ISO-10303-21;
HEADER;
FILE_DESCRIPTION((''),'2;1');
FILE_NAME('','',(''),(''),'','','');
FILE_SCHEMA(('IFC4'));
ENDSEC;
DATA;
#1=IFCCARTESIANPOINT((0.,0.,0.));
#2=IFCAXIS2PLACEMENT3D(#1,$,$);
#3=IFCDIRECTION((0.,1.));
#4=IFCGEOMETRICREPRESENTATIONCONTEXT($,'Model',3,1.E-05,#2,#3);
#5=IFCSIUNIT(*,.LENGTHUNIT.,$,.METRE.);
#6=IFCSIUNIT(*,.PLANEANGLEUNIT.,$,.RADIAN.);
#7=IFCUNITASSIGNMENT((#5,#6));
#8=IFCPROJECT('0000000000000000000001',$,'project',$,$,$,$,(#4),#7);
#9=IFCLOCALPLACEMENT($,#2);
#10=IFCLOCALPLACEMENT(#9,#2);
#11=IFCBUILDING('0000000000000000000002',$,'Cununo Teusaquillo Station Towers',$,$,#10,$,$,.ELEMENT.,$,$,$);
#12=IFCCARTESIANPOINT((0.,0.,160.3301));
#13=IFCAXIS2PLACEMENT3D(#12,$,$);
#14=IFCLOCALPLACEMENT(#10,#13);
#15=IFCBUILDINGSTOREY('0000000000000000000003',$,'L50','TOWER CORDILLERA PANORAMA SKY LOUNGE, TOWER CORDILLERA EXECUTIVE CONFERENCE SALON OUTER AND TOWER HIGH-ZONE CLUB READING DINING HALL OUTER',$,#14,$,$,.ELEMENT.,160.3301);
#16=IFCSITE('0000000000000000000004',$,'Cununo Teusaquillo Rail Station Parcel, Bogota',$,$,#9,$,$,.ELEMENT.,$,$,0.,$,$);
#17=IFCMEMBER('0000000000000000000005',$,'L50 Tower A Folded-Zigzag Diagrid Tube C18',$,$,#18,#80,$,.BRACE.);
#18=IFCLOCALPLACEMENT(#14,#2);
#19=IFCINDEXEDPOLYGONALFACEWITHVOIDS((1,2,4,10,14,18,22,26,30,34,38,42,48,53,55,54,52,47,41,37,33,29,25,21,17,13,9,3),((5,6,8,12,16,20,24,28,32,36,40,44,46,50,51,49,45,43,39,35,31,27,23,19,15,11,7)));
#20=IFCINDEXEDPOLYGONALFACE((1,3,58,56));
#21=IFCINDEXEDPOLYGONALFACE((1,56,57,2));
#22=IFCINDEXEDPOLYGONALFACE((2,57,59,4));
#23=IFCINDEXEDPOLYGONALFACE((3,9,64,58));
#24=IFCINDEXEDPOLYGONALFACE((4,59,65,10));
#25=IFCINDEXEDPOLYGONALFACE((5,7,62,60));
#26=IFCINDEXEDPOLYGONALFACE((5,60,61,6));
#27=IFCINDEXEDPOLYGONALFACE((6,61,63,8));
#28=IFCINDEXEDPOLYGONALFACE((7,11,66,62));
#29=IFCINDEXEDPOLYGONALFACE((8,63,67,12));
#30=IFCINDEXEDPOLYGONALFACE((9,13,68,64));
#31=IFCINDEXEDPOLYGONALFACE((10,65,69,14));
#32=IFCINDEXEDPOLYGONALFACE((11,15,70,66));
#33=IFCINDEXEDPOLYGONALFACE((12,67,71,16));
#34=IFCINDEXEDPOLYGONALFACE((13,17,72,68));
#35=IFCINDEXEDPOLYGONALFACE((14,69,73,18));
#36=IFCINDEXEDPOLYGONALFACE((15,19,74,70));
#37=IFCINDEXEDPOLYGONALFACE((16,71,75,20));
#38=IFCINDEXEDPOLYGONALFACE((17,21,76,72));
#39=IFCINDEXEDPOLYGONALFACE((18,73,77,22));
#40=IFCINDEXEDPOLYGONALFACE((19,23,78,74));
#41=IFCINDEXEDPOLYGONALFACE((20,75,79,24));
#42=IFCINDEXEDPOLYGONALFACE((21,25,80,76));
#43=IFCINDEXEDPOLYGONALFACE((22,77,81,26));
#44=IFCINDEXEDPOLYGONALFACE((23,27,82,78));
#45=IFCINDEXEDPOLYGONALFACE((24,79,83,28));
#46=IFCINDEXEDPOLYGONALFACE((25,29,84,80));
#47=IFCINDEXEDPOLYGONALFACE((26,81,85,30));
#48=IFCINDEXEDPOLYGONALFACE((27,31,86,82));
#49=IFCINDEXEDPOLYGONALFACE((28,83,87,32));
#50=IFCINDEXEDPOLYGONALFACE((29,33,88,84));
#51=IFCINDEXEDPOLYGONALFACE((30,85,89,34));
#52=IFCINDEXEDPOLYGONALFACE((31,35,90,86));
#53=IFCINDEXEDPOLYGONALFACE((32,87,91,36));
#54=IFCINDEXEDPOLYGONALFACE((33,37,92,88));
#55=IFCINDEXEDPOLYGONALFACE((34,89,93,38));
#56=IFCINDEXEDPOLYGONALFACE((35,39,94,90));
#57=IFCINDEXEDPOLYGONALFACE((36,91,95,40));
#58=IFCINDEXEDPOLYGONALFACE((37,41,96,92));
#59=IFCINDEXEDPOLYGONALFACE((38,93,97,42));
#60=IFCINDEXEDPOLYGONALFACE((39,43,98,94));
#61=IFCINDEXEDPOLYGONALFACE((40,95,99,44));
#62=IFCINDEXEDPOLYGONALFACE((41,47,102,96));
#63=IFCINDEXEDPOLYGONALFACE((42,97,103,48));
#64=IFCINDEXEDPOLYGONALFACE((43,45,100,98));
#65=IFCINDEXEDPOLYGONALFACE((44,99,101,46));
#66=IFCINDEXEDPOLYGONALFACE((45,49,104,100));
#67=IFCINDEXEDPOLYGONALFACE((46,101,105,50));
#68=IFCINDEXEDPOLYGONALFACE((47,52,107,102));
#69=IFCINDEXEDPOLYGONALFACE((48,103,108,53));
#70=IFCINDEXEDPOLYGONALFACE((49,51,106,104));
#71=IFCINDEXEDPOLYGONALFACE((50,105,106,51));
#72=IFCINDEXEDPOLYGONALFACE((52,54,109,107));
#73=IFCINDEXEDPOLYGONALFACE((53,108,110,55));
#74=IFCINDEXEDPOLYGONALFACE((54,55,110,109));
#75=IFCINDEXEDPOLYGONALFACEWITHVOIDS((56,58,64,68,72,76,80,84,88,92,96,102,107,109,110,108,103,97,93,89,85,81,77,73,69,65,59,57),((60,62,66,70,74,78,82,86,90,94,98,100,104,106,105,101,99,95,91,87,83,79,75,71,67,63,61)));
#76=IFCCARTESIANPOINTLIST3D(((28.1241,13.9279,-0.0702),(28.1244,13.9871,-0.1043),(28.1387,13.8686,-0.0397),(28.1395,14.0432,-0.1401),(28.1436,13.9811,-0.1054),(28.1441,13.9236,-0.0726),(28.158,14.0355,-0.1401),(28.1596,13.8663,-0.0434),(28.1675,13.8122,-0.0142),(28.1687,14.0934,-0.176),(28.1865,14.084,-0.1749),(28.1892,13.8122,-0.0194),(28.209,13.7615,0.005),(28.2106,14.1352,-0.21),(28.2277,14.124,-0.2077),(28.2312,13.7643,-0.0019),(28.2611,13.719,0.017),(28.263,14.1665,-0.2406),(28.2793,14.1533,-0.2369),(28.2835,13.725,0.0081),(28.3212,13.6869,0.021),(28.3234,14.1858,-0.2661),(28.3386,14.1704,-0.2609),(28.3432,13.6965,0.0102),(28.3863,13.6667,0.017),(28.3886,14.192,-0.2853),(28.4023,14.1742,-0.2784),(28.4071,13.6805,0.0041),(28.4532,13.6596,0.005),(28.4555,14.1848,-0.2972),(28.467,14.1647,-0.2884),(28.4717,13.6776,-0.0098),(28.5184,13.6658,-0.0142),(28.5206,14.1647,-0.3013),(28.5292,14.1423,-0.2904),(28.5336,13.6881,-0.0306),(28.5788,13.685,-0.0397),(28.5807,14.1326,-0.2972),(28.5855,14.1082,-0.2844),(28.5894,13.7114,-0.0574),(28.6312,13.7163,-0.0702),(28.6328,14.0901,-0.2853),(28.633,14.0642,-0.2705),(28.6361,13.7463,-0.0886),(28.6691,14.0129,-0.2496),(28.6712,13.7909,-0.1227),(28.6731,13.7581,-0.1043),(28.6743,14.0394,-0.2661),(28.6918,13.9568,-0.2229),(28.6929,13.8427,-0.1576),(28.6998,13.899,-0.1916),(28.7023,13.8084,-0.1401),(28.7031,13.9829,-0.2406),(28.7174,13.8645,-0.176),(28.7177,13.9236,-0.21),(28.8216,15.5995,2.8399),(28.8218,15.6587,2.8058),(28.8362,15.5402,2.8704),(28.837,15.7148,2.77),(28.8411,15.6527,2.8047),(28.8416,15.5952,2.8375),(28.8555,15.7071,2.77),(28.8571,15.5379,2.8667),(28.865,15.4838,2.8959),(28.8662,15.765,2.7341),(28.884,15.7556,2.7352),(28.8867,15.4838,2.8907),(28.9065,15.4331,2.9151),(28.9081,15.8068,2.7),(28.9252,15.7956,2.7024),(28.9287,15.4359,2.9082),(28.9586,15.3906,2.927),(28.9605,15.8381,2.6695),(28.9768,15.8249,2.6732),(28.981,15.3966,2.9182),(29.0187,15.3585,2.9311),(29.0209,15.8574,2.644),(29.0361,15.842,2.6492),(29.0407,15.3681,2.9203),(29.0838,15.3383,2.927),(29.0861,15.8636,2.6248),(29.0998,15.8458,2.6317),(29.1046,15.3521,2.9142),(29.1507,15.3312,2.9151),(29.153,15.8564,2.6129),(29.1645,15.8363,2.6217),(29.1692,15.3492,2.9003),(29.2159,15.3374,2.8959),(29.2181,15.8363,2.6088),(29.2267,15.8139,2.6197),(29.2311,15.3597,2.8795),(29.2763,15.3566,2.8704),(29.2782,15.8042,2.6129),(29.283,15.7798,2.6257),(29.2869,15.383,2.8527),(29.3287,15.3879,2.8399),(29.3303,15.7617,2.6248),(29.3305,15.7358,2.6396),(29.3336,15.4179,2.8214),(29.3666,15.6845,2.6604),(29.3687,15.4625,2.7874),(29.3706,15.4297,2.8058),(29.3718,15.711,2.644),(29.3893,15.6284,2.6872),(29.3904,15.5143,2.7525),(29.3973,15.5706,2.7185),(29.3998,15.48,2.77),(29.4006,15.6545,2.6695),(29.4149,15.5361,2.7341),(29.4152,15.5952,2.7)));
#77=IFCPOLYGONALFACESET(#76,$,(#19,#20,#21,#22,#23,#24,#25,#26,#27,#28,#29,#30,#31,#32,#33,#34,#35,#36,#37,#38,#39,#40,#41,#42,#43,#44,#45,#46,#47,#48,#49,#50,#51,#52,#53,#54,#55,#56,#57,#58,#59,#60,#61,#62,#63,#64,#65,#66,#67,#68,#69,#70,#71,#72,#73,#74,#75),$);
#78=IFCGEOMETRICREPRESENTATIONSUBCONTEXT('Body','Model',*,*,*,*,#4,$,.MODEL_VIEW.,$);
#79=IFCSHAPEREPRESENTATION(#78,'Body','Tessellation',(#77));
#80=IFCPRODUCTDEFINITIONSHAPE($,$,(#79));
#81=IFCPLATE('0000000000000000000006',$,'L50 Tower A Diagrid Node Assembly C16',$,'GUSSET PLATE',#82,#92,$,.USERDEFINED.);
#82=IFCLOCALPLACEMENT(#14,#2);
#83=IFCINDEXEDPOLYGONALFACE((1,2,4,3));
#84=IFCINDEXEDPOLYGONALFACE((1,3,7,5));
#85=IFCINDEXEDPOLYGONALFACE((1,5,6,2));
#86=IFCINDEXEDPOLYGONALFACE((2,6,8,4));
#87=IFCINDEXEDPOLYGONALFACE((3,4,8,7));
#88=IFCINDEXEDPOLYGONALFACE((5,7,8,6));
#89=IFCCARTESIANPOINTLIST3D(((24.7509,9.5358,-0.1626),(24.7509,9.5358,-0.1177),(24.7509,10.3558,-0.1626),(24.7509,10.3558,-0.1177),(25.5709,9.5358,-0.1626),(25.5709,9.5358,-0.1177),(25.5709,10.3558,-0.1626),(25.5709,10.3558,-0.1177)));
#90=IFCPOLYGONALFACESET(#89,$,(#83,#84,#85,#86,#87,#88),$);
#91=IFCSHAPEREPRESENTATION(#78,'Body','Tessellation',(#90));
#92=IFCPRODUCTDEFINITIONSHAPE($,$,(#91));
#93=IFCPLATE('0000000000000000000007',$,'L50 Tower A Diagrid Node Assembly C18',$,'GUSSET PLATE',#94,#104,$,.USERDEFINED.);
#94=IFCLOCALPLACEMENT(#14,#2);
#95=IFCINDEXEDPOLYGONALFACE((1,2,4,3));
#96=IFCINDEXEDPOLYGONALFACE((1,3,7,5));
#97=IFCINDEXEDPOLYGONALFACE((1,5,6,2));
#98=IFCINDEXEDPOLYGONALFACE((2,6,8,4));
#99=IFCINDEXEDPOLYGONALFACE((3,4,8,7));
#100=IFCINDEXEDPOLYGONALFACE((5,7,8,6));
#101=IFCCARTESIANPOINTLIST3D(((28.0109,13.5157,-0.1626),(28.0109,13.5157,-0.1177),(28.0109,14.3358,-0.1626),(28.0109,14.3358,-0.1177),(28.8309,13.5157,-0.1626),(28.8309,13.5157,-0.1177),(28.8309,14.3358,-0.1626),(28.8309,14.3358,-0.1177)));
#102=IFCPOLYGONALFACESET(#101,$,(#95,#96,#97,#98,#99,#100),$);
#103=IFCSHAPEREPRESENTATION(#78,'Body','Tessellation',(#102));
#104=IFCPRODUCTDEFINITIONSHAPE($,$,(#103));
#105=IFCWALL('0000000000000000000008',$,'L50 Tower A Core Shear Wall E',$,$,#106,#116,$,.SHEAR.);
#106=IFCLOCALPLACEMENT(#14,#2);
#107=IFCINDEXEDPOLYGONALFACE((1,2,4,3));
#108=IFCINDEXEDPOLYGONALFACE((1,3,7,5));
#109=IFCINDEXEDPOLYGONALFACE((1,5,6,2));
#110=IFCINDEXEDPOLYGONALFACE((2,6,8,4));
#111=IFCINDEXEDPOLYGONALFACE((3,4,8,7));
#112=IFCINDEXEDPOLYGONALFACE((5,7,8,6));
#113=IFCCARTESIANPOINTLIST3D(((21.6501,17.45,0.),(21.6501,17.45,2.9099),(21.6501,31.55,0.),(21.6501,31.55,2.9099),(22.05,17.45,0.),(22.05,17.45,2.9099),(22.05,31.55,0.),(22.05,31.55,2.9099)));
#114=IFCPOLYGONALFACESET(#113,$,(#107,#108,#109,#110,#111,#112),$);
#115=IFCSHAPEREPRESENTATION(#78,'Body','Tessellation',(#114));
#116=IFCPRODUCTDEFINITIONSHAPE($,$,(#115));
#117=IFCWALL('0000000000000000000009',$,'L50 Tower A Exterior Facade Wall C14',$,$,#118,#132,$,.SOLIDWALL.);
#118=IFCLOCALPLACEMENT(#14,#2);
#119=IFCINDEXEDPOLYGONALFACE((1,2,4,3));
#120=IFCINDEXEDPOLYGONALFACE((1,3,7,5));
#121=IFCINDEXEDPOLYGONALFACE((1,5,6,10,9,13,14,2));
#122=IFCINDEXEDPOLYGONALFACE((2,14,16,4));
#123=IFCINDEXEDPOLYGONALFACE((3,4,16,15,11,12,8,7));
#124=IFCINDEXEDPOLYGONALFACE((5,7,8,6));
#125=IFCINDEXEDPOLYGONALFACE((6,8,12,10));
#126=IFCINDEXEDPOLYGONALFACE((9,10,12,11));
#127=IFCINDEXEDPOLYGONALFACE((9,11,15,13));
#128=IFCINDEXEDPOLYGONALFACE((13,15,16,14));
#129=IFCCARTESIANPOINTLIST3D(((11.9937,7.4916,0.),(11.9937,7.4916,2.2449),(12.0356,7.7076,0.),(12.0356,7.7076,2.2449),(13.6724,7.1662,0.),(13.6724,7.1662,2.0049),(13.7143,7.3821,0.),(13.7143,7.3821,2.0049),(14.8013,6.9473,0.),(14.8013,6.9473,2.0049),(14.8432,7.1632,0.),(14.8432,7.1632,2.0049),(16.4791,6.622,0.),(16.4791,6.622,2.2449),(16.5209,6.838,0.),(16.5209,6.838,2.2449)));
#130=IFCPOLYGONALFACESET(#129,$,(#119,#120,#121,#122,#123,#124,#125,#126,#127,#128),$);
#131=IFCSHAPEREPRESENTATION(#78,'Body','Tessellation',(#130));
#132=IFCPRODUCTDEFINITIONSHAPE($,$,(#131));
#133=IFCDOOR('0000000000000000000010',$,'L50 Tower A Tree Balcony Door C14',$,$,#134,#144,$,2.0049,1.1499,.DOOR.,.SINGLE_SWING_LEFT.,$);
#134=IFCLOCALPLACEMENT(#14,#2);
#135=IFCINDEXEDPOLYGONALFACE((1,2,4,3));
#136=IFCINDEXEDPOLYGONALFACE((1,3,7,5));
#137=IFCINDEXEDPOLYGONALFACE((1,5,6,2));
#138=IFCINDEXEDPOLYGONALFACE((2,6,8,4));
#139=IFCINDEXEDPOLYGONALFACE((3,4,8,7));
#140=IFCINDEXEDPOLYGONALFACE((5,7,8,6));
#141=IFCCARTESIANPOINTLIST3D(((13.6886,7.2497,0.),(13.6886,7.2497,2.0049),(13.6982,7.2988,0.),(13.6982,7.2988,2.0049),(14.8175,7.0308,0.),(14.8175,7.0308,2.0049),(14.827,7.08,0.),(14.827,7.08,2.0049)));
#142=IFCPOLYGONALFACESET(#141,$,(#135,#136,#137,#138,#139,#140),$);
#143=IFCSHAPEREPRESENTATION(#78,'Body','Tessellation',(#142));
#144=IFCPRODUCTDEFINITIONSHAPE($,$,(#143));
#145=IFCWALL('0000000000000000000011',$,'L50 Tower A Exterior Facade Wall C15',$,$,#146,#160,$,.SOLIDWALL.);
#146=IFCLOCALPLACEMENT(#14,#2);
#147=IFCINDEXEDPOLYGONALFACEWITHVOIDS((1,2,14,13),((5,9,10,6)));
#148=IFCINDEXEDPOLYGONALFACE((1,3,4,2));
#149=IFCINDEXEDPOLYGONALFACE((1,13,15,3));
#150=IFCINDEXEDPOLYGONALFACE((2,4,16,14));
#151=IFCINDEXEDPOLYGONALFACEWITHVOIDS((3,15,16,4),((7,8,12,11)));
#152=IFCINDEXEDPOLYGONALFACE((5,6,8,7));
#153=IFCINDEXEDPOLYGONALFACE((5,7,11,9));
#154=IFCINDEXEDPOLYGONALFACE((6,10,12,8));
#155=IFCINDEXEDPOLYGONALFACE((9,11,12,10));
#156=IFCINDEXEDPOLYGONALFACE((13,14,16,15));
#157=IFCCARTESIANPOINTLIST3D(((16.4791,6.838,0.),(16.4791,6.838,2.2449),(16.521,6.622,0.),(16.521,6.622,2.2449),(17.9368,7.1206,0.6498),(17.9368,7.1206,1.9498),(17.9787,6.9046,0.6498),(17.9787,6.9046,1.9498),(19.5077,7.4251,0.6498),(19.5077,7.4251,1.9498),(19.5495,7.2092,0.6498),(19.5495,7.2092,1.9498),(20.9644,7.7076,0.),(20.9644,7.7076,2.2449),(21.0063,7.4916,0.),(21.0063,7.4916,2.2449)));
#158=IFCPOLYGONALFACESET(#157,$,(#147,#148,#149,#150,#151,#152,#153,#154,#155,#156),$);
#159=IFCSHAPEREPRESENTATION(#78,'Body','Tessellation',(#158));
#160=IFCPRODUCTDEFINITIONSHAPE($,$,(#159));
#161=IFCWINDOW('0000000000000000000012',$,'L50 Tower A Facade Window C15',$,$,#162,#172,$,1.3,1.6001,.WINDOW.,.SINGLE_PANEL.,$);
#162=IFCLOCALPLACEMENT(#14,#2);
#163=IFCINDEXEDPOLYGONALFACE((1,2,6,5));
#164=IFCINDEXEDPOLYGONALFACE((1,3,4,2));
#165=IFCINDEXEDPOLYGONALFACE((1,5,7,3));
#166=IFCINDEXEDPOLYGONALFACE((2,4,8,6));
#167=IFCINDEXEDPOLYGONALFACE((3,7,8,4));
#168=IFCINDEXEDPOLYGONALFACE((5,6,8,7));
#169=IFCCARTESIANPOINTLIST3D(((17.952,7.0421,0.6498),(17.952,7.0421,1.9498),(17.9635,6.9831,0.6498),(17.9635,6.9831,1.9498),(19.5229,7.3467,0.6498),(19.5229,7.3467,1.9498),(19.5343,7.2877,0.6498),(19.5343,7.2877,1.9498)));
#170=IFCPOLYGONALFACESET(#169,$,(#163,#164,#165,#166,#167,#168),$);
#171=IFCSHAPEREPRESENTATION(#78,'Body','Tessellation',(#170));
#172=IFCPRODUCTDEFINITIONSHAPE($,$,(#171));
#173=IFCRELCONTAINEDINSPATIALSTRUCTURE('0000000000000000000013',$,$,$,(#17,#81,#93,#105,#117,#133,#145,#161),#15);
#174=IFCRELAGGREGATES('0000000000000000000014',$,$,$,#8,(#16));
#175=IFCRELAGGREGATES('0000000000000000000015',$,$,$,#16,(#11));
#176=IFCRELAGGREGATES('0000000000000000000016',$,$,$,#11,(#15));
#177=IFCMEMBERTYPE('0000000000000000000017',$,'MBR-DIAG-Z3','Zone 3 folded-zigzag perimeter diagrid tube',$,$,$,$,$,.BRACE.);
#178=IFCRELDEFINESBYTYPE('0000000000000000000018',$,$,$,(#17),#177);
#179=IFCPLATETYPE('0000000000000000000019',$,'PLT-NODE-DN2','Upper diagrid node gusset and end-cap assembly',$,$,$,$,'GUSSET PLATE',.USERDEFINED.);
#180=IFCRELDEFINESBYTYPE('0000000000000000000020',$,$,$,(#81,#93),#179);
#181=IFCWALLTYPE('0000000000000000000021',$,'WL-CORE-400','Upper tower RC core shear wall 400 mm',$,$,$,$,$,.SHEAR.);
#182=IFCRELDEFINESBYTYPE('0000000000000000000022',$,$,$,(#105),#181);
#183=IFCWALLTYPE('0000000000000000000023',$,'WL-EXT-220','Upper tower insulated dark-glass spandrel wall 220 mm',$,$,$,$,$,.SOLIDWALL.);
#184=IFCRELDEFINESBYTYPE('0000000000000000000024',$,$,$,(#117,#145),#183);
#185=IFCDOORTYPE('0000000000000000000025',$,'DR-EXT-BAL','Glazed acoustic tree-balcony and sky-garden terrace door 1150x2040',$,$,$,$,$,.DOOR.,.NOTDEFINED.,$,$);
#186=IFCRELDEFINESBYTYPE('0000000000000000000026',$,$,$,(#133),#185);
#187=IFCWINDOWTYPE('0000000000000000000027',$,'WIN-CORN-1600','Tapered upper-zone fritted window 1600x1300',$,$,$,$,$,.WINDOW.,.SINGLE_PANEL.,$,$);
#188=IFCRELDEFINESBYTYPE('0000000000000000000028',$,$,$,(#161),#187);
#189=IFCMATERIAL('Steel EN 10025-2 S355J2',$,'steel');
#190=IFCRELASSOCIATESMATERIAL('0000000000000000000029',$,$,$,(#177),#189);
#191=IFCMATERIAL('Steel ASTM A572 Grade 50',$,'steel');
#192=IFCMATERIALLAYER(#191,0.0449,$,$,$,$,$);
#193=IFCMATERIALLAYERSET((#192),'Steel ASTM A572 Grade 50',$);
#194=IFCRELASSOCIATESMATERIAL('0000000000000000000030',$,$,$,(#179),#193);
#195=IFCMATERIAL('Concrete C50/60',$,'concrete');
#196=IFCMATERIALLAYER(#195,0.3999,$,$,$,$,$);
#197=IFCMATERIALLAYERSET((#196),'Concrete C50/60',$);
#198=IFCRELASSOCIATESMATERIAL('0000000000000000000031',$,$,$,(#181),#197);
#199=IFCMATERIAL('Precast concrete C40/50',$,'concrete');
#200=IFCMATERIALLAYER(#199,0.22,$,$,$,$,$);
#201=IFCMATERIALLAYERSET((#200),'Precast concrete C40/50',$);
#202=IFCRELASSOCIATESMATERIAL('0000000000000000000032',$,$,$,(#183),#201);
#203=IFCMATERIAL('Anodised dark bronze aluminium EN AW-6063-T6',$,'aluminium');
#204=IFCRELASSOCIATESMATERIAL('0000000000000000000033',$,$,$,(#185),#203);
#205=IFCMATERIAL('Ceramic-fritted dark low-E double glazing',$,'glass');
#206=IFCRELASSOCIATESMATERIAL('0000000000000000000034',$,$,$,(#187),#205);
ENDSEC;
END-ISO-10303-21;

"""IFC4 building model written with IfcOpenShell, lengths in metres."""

from ifc_helpers import new_model, si_unit, direction, frame, frame_2d, origin, origin_2d, place, context, subcontext, project, spatial, rectangle, hollow_circle, extrude, source, transform, mapped, material, layer, layer_set, material_profile, profile_set, type_object, element, fill, save


model = new_model("IFC4")

# Units and contexts
model_context = context("Model", 3, precision=1e-05, world=origin(), true_north=direction((0.0, 1.0)))
body_context = subcontext(model_context, "Body", "Model", "MODEL_VIEW")
ifc_project = project(units=[si_unit("LENGTHUNIT", "METRE"), si_unit("PLANEANGLEUNIT", "RADIAN")], contexts=[model_context])

# Site, building, storey
site_placement = place(None, origin())
site = spatial("IfcSite", under=ifc_project, at=site_placement, Name="Cununo Teusaquillo Rail Station Parcel, Bogota", CompositionType="ELEMENT", RefElevation=0.0)
building_placement = place(site_placement, origin())
building = spatial("IfcBuilding", under=site, at=building_placement, Name="Cununo Teusaquillo Station Towers", CompositionType="ELEMENT")
storey_placement = place(building_placement, frame((0.0, 0.0, 160.3301)))
storey = spatial("IfcBuildingStorey", under=building, at=storey_placement, Name="L50", Description="TOWER CORDILLERA PANORAMA SKY LOUNGE, TOWER CORDILLERA EXECUTIVE CONFERENCE SALON OUTER AND TOWER HIGH-ZONE CLUB READING DINING HALL OUTER", CompositionType="ELEMENT", Elevation=160.3301)

# Member
ifc_material_1 = material(Name="Steel EN 10025-2 S355J2", Category="steel")
ifc_material_profile_1 = material_profile(ifc_material_1, hollow_circle(Radius=0.3049, WallThickness=0.02, at=origin_2d()), Name="CHS 610x20")
ifc_profile_set_1 = profile_set([ifc_material_profile_1], Name="Steel EN 10025-2 S355J2")
member_type = type_object("IfcMemberType", Name="MBR-DIAG-Z3", Description="Zone 3 folded-zigzag perimeter diagrid tube", PredefinedType="BRACE", material=ifc_profile_set_1)
member_1_placement = place(storey_placement, frame((28.4209, 13.9258, -0.1401), z_axis=(0.203486, 0.487667, 0.848984), x_axis=(-0.922881, 0.385084, 0.0)))
element("IfcMember", 1, at=member_1_placement, inside=storey, type_object=member_type, Name="L50 Tower A Folded-Zigzag Diagrid Tube C18", PredefinedType="BRACE", context=body_context, shape_type="SweptSolid", body=[
    extrude(hollow_circle(Radius=0.3049, WallThickness=0.02, at=origin_2d()), origin(), (0.0, 0.0, 1.0), 3.4277),
])

# Plates
ifc_material_2 = material(Name="Steel ASTM A572 Grade 50", Category="steel")
ifc_layer_1 = layer(ifc_material_2, 0.0449)
ifc_layer_set_1 = layer_set([ifc_layer_1], Name="Steel ASTM A572 Grade 50")
plate_type = type_object("IfcPlateType", Name="PLT-NODE-DN2", Description="Upper diagrid node gusset and end-cap assembly", ElementType="GUSSET PLATE", PredefinedType="USERDEFINED", material=ifc_layer_set_1)
shared_shape_1 = source(origin(), body_context, "Body", "SweptSolid", [
    extrude(rectangle(XDim=0.8201, YDim=0.8201, at=origin_2d()), origin(), (0.0, 0.0, 1.0), 0.0449),
])
for number, where, z_axis, x_axis, name in (
    (2, (25.1609, 9.9458, -0.1626), (0.0, 0.0, 1.0), (1.0, 0.0, 0.0), "L50 Tower A Diagrid Node Assembly C16"),
    (3, (28.4209, 13.9258, -0.1626), (0.0, 0.0, 1.0), (1.0, 0.0, 0.0), "L50 Tower A Diagrid Node Assembly C18"),
):
    element("IfcPlate", number, at=place(storey_placement, frame(where, z_axis=z_axis, x_axis=x_axis)), inside=storey, type_object=plate_type, Name=name, ObjectType="GUSSET PLATE", PredefinedType="USERDEFINED", context=body_context, shape_type="MappedRepresentation", body=[
        mapped(shared_shape_1, transform((0.0, 0.0, 0.0), x_axis=(1.0, 0.0, 0.0), y_axis=(0.0, 1.0, 0.0), z_axis=(0.0, 0.0, 1.0), scale=1.0)),
    ])

# Wall
ifc_material_3 = material(Name="Concrete C50/60", Category="concrete")
ifc_layer_2 = layer(ifc_material_3, 0.3999)
ifc_layer_set_2 = layer_set([ifc_layer_2], Name="Concrete C50/60")
wall_type_1 = type_object("IfcWallType", Name="WL-CORE-400", Description="Upper tower RC core shear wall 400 mm", PredefinedType="SHEAR", material=ifc_layer_set_2)
wall_1_placement = place(storey_placement, frame((21.8501, 17.45, 0.0), z_axis=(0.0, 0.0, 1.0), x_axis=(0.0, 1.0, 0.0)))
element("IfcWall", 4, at=wall_1_placement, inside=storey, type_object=wall_type_1, Name="L50 Tower A Core Shear Wall E", PredefinedType="SHEAR", context=body_context, shape_type="SweptSolid", body=[
    extrude(rectangle(XDim=14.1001, YDim=0.3999, at=frame_2d((7.05, 0.0))), origin(), (0.0, 0.0, 1.0), 2.9099),
])

# Wall, opening, door
ifc_material_4 = material(Name="Precast concrete C40/50", Category="concrete")
ifc_layer_3 = layer(ifc_material_4, 0.22)
ifc_layer_set_3 = layer_set([ifc_layer_3], Name="Precast concrete C40/50")
wall_type_2 = type_object("IfcWallType", Name="WL-EXT-220", Description="Upper tower insulated dark-glass spandrel wall 220 mm", PredefinedType="SOLIDWALL", material=ifc_layer_set_3)
wall_2_placement = place(storey_placement, frame((16.5, 6.73, 0.0), z_axis=(0.0, 0.0, 1.0), x_axis=(-0.981719, 0.190338, 0.0)))
wall_2 = element("IfcWall", 5, at=wall_2_placement, inside=storey, type_object=wall_type_2, Name="L50 Tower A Exterior Facade Wall C14", PredefinedType="SOLIDWALL", context=body_context, shape_type="SweptSolid", body=[
    extrude(rectangle(XDim=4.5688, YDim=0.22, at=frame_2d((2.2844, 0.0))), origin(), (0.0, 0.0, 1.0), 2.2449),
])
shared_shape_2 = source(origin(), body_context, "Body", "SweptSolid", [
    extrude(rectangle(XDim=1.1499, YDim=2.0049, at=frame_2d((0.575, 1.0024))), frame((0.0, 0.1199, 0.0), z_axis=(0.0, -1.0, 0.0), x_axis=(1.0, 0.0, 0.0)), (0.0, 0.0, 1.0), 0.24),
])
opening_1_placement = place(wall_2_placement, frame((1.709, 0.0, 0.0)))
opening_1 = element("IfcOpeningElement", 6, at=opening_1_placement, cuts=wall_2, PredefinedType="OPENING", context=body_context, shape_type="MappedRepresentation", body=[
    mapped(shared_shape_2, transform((0.0, 0.0, 0.0), x_axis=(1.0, 0.0, 0.0), y_axis=(0.0, 1.0, 0.0), z_axis=(0.0, 0.0, 1.0), scale=1.0)),
])
ifc_material_5 = material(Name="Anodised dark bronze aluminium EN AW-6063-T6", Category="aluminium")
door_type_1 = type_object("IfcDoorType", Name="DR-EXT-BAL", Description="Glazed acoustic tree-balcony and sky-garden terrace door 1150x2040", OperationType="NOTDEFINED", PredefinedType="DOOR", material=ifc_material_5)
shared_shape_3 = source(origin(), body_context, "Body", "SweptSolid", [
    extrude(rectangle(XDim=1.1499, YDim=2.0049, at=frame_2d((0.575, 1.0024))), frame((0.0, 0.0249, 0.0), z_axis=(0.0, -1.0, 0.0), x_axis=(1.0, 0.0, 0.0)), (0.0, 0.0, 1.0), 0.05),
])
door_1_placement = place(opening_1_placement, origin())
door_1 = element("IfcDoor", 7, at=door_1_placement, inside=storey, type_object=door_type_1, Name="L50 Tower A Tree Balcony Door C14", OperationType="SINGLE_SWING_LEFT", OverallHeight=2.0049, OverallWidth=1.1499, PredefinedType="DOOR", context=body_context, shape_type="MappedRepresentation", body=[
    mapped(shared_shape_3, transform((0.0, 0.0, 0.0), x_axis=(1.0, 0.0, 0.0), y_axis=(0.0, 1.0, 0.0), z_axis=(0.0, 0.0, 1.0), scale=1.0)),
])
fill(opening_1, door_1)

# Wall, opening, window
wall_3_placement = place(storey_placement, frame((20.9854, 7.5996, 0.0), z_axis=(0.0, 0.0, 1.0), x_axis=(-0.981719, -0.190338, 0.0)))
wall_3 = element("IfcWall", 8, at=wall_3_placement, inside=storey, type_object=wall_type_2, Name="L50 Tower A Exterior Facade Wall C15", PredefinedType="SOLIDWALL", context=body_context, shape_type="SweptSolid", body=[
    extrude(rectangle(XDim=4.5688, YDim=0.22, at=frame_2d((2.2844, 0.0))), origin(), (0.0, 0.0, 1.0), 2.2449),
])
shared_shape_4 = source(origin(), body_context, "Body", "SweptSolid", [
    extrude(rectangle(XDim=1.6001, YDim=1.3, at=frame_2d((0.8, 0.6499))), frame((0.0, 0.1199, 0.0), z_axis=(0.0, -1.0, 0.0), x_axis=(1.0, 0.0, 0.0)), (0.0, 0.0, 1.0), 0.24),
])
opening_2_placement = place(wall_3_placement, frame((1.4839, 0.0, 0.6499)))
opening_2 = element("IfcOpeningElement", 9, at=opening_2_placement, cuts=wall_3, PredefinedType="OPENING", context=body_context, shape_type="MappedRepresentation", body=[
    mapped(shared_shape_4, transform((0.0, 0.0, 0.0), x_axis=(1.0, 0.0, 0.0), y_axis=(0.0, 1.0, 0.0), z_axis=(0.0, 0.0, 1.0), scale=1.0)),
])
ifc_material_6 = material(Name="Ceramic-fritted dark low-E double glazing", Category="glass")
window_type = type_object("IfcWindowType", Name="WIN-CORN-1600", Description="Tapered upper-zone fritted window 1600x1300", PartitioningType="SINGLE_PANEL", PredefinedType="WINDOW", material=ifc_material_6)
shared_shape_5 = source(origin(), body_context, "Body", "SweptSolid", [
    extrude(rectangle(XDim=1.6001, YDim=1.3, at=frame_2d((0.8, 0.6499))), frame((0.0, 0.03, 0.0), z_axis=(0.0, -1.0, 0.0), x_axis=(1.0, 0.0, 0.0)), (0.0, 0.0, 1.0), 0.0601),
])
window_1_placement = place(opening_2_placement, origin())
window_1 = element("IfcWindow", 10, at=window_1_placement, inside=storey, type_object=window_type, Name="L50 Tower A Facade Window C15", OverallHeight=1.3, OverallWidth=1.6001, PartitioningType="SINGLE_PANEL", PredefinedType="WINDOW", context=body_context, shape_type="MappedRepresentation", body=[
    mapped(shared_shape_5, transform((0.0, 0.0, 0.0), x_axis=(1.0, 0.0, 0.0), y_axis=(0.0, 1.0, 0.0), z_axis=(0.0, 0.0, 1.0), scale=1.0)),
])
fill(opening_2, window_1)

save(model, "model.ifc")
